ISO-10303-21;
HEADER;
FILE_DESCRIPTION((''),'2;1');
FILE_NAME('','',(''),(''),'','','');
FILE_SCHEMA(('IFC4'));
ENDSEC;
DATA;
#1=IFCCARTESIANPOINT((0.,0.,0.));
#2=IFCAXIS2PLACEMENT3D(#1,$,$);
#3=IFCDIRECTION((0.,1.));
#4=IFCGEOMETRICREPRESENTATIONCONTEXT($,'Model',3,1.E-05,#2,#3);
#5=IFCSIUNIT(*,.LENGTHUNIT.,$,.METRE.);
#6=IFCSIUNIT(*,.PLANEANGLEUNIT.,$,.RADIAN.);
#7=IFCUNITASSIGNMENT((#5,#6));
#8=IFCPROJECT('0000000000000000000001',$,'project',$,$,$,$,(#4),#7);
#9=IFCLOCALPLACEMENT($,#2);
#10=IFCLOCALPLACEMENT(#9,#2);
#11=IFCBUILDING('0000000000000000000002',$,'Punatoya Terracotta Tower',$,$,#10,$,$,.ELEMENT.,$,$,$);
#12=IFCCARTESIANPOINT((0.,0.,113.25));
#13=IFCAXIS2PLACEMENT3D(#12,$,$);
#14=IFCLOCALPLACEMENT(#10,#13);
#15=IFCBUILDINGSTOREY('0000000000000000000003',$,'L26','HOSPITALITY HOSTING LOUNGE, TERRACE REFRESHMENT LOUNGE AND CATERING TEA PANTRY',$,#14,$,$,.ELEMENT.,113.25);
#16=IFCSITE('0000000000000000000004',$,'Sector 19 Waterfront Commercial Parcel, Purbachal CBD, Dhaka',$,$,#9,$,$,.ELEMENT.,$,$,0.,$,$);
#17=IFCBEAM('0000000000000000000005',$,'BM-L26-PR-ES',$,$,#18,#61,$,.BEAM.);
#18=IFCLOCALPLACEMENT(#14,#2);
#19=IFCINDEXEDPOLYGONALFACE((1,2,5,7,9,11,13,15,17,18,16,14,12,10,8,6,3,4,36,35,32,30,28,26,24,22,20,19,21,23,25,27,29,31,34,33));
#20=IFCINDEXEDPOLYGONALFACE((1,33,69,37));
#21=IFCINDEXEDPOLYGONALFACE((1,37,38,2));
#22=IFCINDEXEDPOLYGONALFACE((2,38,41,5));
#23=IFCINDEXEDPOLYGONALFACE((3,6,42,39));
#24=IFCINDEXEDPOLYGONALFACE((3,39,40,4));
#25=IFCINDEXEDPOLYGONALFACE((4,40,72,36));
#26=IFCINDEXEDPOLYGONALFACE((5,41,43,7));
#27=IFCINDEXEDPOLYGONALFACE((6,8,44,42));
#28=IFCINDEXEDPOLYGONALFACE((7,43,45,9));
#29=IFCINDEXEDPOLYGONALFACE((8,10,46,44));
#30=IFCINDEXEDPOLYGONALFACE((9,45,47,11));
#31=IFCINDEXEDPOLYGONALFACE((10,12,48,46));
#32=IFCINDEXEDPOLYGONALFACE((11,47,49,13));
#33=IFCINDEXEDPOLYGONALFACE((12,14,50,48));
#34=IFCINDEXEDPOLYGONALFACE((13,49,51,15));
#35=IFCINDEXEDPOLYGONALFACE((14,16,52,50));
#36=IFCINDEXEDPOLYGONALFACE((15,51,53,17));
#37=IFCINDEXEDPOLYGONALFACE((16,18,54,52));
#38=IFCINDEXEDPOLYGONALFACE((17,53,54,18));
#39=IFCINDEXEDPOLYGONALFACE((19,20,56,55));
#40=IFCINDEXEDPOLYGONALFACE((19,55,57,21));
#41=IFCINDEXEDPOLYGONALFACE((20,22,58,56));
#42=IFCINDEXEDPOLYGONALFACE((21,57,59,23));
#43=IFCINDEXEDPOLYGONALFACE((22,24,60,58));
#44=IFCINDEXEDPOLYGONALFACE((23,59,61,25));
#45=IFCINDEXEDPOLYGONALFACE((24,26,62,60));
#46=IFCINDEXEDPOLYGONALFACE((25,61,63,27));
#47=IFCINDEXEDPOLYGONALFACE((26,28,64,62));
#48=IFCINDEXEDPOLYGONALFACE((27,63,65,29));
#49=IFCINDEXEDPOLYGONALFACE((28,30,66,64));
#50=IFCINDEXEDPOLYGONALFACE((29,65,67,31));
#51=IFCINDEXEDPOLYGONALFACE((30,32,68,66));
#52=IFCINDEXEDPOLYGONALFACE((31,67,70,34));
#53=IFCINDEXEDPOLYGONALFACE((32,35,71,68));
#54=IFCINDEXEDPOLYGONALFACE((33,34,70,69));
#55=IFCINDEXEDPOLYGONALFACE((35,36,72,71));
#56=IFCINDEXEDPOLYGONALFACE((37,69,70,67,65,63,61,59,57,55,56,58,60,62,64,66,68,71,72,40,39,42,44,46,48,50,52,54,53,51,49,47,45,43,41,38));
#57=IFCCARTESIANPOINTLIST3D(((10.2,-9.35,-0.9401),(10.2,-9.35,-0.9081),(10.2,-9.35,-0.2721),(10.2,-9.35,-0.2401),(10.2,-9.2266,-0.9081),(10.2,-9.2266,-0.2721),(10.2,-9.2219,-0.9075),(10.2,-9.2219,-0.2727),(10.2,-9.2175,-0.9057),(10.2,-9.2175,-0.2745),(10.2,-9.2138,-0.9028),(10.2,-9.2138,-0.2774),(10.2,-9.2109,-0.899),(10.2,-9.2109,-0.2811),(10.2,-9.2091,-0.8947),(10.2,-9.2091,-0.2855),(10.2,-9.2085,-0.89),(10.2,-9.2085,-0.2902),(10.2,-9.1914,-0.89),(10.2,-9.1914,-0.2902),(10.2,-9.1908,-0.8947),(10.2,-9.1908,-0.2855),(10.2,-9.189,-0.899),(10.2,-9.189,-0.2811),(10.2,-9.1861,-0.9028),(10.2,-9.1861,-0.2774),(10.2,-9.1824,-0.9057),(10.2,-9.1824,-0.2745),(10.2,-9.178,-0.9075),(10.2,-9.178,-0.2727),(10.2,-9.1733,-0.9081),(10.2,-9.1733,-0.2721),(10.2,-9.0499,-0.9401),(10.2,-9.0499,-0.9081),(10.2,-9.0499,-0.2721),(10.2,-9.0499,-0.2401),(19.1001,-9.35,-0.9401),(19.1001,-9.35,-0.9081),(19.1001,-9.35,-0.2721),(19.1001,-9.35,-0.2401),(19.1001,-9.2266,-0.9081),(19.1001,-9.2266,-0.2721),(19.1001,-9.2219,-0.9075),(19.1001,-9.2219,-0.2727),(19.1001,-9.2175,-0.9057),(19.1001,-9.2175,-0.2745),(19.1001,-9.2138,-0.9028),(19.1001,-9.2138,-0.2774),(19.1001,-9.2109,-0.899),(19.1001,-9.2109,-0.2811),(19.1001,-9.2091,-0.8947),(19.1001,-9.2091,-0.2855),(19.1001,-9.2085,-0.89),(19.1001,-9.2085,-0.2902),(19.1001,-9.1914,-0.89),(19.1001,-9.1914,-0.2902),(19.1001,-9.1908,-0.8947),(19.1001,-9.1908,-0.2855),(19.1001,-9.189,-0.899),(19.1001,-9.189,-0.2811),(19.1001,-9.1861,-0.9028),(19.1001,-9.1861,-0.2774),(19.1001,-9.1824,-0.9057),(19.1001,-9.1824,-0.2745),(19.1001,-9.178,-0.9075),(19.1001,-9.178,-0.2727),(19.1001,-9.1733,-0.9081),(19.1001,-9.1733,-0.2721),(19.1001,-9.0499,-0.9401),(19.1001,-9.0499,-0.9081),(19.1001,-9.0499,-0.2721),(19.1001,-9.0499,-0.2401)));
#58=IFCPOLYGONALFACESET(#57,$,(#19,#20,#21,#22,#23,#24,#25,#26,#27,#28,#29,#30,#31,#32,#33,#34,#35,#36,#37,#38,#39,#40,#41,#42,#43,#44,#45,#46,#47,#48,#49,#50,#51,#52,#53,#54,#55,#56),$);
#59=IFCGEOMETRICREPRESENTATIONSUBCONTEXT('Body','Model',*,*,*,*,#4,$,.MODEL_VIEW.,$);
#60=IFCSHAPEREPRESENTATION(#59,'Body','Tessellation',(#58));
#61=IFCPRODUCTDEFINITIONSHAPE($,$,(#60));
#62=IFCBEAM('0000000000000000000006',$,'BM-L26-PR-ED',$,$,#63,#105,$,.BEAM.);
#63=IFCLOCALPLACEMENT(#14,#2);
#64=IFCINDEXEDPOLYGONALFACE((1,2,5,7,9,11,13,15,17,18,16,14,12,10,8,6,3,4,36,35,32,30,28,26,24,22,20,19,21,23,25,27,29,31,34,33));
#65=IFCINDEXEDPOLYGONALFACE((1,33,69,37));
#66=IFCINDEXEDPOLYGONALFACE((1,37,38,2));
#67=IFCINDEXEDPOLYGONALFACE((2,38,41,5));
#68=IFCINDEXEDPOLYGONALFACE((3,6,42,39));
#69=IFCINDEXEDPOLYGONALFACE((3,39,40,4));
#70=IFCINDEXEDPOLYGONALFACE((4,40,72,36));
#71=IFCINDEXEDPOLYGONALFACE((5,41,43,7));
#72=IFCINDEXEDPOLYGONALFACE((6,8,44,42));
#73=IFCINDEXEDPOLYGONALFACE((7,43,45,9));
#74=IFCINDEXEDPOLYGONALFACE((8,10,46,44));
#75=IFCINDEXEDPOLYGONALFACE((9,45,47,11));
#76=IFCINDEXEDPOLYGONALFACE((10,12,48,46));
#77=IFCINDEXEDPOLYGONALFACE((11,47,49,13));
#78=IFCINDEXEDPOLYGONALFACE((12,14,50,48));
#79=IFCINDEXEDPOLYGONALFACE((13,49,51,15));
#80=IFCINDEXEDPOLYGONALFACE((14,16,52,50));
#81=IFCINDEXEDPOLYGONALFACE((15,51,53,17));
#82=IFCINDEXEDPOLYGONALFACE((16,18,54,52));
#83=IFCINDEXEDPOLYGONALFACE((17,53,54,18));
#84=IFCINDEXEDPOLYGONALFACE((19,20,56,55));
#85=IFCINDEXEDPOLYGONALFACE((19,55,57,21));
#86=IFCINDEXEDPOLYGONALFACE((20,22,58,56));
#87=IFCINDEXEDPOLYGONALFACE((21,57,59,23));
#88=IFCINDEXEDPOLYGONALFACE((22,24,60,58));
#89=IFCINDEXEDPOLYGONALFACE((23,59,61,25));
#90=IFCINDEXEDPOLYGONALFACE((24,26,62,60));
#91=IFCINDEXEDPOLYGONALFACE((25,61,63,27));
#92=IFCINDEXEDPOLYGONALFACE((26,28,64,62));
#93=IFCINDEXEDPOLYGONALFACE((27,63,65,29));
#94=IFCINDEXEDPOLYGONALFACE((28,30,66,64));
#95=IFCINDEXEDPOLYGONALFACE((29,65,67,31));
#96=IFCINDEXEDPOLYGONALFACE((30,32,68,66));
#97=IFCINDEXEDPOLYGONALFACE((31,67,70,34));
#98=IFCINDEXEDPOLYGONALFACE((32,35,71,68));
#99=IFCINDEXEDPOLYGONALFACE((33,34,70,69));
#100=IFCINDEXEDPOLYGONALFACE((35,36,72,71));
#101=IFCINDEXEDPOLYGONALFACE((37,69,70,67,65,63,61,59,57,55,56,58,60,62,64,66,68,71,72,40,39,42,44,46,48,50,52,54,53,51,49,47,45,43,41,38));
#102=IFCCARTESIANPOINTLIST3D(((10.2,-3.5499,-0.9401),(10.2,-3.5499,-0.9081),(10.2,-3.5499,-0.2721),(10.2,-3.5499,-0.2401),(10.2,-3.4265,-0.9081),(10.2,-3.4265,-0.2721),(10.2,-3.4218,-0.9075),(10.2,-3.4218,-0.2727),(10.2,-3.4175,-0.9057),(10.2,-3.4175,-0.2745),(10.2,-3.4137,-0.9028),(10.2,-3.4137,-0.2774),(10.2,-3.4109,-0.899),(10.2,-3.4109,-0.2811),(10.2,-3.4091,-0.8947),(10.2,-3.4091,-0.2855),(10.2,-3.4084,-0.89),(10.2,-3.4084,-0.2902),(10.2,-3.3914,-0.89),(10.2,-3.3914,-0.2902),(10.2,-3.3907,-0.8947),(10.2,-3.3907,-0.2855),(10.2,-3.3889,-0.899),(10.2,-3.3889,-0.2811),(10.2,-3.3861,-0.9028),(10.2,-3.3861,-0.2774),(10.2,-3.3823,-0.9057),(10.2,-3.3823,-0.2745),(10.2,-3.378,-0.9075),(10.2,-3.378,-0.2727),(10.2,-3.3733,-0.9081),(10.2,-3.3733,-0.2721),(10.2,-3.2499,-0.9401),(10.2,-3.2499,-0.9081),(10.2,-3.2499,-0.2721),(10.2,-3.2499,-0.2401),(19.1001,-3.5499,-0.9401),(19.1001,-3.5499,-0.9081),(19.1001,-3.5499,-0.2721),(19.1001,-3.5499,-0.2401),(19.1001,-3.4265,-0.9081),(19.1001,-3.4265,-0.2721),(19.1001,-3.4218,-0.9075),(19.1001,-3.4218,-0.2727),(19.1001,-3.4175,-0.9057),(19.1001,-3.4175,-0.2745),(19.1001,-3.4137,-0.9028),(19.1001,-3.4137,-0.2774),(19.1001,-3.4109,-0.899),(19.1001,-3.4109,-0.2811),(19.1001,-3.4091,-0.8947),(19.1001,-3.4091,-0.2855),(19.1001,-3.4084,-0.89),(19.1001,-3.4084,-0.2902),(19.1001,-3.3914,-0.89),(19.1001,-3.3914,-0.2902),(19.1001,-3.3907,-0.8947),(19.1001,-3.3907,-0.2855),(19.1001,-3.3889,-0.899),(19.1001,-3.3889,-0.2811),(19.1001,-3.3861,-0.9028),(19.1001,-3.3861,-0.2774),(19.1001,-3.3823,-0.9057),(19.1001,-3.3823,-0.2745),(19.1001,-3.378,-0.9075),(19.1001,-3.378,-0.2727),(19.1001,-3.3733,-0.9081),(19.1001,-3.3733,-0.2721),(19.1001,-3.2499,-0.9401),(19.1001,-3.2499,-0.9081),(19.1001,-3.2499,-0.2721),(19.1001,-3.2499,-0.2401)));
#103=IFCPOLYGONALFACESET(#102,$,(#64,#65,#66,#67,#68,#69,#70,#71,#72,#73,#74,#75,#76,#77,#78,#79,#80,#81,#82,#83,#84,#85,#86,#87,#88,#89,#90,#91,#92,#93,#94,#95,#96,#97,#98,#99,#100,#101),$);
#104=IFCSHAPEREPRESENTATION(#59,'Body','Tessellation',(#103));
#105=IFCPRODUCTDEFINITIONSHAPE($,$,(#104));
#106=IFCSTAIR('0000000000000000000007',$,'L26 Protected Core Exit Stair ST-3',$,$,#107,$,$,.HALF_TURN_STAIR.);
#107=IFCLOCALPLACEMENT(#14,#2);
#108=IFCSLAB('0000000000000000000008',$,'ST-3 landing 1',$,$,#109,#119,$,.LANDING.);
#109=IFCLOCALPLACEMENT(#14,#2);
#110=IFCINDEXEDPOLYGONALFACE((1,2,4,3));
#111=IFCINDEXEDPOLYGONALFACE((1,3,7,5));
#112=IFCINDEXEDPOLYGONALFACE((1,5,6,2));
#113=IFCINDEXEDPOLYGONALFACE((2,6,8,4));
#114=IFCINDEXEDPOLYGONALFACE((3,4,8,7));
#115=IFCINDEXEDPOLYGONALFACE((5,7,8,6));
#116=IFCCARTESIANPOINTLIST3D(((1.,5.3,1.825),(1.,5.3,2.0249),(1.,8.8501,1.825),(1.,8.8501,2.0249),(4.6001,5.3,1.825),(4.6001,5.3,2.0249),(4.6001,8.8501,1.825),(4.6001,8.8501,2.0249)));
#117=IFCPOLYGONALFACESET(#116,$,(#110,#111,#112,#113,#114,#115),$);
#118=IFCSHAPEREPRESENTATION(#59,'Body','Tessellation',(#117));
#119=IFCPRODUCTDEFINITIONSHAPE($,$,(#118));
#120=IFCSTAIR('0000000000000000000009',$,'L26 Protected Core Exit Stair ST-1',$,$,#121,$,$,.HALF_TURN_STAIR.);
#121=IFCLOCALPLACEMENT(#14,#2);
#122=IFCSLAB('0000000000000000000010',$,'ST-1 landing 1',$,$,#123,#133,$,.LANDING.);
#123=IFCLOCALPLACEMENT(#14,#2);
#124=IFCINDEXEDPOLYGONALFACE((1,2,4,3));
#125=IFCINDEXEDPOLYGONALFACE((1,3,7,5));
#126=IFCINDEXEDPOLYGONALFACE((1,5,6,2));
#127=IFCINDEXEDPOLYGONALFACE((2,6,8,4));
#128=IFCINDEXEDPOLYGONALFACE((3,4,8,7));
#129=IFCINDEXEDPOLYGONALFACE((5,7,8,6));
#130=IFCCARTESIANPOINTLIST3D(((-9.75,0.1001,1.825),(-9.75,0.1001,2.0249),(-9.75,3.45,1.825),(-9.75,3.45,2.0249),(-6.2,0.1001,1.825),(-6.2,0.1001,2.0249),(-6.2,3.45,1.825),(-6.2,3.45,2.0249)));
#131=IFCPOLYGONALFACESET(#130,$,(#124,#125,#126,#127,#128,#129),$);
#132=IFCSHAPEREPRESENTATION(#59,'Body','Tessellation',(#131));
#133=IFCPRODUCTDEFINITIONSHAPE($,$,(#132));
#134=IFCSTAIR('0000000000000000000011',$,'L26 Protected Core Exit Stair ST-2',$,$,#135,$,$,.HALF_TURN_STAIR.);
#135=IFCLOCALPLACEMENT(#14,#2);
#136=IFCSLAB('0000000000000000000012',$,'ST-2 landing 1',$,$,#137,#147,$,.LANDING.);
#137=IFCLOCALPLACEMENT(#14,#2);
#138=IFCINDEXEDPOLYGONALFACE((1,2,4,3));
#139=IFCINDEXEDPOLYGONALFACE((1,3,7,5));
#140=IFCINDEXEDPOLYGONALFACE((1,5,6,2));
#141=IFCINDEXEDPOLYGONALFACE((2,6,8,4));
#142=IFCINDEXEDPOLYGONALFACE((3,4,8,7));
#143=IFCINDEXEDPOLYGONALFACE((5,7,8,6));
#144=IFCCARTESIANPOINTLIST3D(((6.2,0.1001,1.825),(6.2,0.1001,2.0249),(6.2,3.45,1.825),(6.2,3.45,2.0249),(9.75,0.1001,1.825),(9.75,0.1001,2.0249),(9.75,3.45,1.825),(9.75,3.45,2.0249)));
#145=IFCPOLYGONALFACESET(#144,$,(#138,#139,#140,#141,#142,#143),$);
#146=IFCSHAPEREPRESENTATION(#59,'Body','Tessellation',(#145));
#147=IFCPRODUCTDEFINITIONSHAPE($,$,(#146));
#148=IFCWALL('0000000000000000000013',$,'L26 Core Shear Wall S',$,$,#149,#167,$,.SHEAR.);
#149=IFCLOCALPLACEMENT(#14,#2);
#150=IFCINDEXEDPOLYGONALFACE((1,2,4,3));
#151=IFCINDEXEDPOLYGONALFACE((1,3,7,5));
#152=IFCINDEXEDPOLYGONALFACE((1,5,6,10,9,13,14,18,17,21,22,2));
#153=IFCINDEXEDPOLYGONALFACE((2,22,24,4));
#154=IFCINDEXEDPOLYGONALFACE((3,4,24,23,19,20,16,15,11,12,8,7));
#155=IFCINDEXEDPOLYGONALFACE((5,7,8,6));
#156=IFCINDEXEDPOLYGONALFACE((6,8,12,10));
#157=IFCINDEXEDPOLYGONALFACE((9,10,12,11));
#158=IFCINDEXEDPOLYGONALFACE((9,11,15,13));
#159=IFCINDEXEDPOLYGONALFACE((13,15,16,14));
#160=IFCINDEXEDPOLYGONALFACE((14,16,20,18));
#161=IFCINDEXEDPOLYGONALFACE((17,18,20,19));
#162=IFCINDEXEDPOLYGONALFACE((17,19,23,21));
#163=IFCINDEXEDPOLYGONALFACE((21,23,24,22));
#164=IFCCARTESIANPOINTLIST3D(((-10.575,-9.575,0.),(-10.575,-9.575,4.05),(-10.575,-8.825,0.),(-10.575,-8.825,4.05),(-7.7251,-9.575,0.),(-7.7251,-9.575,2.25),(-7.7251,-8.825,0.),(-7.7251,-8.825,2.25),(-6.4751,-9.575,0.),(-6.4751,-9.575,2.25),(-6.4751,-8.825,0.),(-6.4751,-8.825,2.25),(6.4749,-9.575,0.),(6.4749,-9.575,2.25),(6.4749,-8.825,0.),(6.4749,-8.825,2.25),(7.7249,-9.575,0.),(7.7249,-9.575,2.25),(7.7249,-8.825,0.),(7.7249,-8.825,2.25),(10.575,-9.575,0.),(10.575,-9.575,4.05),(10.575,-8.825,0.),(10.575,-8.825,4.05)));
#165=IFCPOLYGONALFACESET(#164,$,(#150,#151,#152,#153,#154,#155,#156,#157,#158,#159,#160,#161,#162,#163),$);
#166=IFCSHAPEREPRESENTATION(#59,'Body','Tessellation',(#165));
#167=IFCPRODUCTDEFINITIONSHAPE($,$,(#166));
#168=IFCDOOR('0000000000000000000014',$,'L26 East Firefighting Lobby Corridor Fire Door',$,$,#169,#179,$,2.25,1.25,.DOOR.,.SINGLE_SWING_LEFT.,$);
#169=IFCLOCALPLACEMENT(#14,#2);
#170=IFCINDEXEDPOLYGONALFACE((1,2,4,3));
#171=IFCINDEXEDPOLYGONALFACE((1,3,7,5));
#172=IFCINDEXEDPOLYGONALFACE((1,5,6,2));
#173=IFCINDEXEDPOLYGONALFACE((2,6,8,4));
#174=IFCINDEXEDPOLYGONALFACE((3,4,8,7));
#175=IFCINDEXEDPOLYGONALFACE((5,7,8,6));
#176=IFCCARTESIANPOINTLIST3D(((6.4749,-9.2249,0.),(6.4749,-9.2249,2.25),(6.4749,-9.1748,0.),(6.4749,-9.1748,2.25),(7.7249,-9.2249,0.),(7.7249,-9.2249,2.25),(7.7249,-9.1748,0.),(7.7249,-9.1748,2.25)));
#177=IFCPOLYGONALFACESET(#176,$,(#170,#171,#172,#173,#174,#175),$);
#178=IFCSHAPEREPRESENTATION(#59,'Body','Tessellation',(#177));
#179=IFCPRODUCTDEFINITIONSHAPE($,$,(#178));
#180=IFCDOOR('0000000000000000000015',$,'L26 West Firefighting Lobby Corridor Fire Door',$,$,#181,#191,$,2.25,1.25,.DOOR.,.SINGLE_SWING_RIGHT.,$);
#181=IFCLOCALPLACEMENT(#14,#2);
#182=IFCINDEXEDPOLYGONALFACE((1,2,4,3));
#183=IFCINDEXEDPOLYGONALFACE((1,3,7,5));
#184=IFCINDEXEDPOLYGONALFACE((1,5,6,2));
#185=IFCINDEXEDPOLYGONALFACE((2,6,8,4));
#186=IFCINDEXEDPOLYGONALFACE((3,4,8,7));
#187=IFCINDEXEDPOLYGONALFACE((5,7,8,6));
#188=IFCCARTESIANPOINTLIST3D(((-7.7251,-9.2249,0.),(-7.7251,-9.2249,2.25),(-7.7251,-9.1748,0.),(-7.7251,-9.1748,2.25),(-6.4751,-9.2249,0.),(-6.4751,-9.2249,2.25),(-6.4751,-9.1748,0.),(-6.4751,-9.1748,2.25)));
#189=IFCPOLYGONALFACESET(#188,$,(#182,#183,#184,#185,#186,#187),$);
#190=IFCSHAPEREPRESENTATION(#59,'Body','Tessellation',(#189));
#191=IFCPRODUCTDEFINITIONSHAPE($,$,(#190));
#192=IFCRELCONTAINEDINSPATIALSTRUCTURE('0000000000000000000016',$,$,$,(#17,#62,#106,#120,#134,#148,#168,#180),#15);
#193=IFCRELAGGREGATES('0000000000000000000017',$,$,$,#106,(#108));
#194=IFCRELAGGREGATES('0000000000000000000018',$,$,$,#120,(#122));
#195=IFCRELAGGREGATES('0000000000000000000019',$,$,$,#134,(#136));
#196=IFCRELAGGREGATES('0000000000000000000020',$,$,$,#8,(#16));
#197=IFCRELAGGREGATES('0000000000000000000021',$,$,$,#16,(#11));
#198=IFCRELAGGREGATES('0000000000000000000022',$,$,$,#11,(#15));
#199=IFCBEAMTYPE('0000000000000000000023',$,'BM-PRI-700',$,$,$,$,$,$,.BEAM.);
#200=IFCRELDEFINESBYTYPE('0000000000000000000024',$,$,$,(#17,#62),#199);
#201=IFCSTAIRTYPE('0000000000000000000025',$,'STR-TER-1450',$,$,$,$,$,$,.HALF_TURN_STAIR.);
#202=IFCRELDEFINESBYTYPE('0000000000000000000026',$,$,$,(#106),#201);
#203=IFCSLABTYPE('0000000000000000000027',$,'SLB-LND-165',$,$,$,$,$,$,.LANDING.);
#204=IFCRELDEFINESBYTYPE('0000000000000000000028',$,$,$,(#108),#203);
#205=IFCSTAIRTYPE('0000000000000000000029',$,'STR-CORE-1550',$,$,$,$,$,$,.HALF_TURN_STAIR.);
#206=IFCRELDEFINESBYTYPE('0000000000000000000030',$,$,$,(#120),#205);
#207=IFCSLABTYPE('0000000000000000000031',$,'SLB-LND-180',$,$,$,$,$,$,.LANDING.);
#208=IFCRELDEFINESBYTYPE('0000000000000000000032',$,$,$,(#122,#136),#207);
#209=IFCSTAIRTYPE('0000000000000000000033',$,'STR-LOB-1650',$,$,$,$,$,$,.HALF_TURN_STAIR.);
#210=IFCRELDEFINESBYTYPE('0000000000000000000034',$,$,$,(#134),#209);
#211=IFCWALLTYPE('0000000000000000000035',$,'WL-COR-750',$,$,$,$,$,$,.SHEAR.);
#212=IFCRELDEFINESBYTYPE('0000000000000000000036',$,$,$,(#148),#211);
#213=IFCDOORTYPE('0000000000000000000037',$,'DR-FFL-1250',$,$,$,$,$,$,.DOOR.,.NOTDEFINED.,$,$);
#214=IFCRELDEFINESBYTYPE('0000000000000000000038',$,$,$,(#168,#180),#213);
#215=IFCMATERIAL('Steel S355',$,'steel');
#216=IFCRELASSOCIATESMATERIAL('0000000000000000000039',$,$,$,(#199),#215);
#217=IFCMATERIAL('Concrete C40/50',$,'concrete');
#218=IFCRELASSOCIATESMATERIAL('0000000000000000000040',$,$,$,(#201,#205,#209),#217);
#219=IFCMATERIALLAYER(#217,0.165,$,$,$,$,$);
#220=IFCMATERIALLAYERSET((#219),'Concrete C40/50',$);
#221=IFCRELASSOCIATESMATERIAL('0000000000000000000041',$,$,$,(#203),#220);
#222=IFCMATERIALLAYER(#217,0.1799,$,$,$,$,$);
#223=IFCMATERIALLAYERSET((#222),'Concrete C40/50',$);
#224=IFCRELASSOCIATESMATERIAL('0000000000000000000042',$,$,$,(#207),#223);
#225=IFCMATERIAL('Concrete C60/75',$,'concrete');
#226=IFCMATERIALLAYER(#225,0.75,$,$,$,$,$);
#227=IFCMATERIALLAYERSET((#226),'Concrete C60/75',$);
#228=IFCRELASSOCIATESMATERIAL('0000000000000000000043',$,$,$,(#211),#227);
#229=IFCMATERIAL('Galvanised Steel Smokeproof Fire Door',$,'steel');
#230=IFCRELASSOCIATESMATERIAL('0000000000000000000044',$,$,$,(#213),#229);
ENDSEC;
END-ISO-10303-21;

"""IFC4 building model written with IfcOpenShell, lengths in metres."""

from ifc_helpers import new_model, si_unit, direction, frame, frame_2d, origin, origin_2d, place, context, subcontext, project, spatial, polyline, rectangle, i_section, outline, extrude, material, layer, layer_set, material_profile, profile_set, type_object, element, fill, aggregate, save


model = new_model("IFC4")

# Units and contexts
model_context = context("Model", 3, precision=1e-05, world=origin(), true_north=direction((0.0, 1.0)))
body_context = subcontext(model_context, "Body", "Model", "MODEL_VIEW")
ifc_project = project(units=[si_unit("LENGTHUNIT", "METRE"), si_unit("PLANEANGLEUNIT", "RADIAN")], contexts=[model_context])

# Site, building, storey
site_placement = place(None, origin())
site = spatial("IfcSite", under=ifc_project, at=site_placement, Name="Sector 19 Waterfront Commercial Parcel, Purbachal CBD, Dhaka", CompositionType="ELEMENT", RefElevation=0.0)
building_placement = place(site_placement, origin())
building = spatial("IfcBuilding", under=site, at=building_placement, Name="Punatoya Terracotta Tower", CompositionType="ELEMENT")
storey_placement = place(building_placement, frame((0.0, 0.0, 113.25)))
storey = spatial("IfcBuildingStorey", under=building, at=storey_placement, Name="L26", Description="HOSPITALITY HOSTING LOUNGE, TERRACE REFRESHMENT LOUNGE AND CATERING TEA PANTRY", CompositionType="ELEMENT", Elevation=113.25)

# Beams
ifc_material_1 = material(Name="Steel S355", Category="steel")
ifc_material_profile = material_profile(ifc_material_1, i_section(OverallWidth=0.3, OverallDepth=0.7, WebThickness=0.0171, FlangeThickness=0.032, FilletRadius=0.0181, at=origin_2d()))
ifc_profile_set = profile_set([ifc_material_profile], Name="Steel S355")
beam_type = type_object("IfcBeamType", Name="BM-PRI-700", PredefinedType="BEAM", material=ifc_profile_set)
for number, where, z_axis, x_axis, name in (
    (1, (10.2, -9.2, -0.5901), (1.0, 0.0, 0.0), (0.0, 1.0, 0.0), "BM-L26-PR-ES"),
    (2, (10.2, -3.3999, -0.5901), (1.0, 0.0, 0.0), (0.0, 1.0, 0.0), "BM-L26-PR-ED"),
):
    element("IfcBeam", number, at=place(storey_placement, frame(where, z_axis=z_axis, x_axis=x_axis)), inside=storey, type_object=beam_type, Name=name, PredefinedType="BEAM", context=body_context, shape_type="SweptSolid", body=[
        extrude(i_section(OverallWidth=0.3, OverallDepth=0.7, WebThickness=0.0171, FlangeThickness=0.032, FilletRadius=0.0181, at=origin_2d()), origin(), (0.0, 0.0, 1.0), 8.9001),
    ])

# Stairs, slabs
ifc_material_2 = material(Name="Concrete C40/50", Category="concrete")
stair_type_1 = type_object("IfcStairType", Name="STR-TER-1450", PredefinedType="HALF_TURN_STAIR", material=ifc_material_2)
stair_1_placement = place(storey_placement, origin())
stair_1 = element("IfcStair", 3, at=stair_1_placement, inside=storey, type_object=stair_type_1, Name="L26 Protected Core Exit Stair ST-3", PredefinedType="HALF_TURN_STAIR")
ifc_layer_1 = layer(ifc_material_2, 0.165)
ifc_layer_set_1 = layer_set([ifc_layer_1], Name="Concrete C40/50")
slab_type_1 = type_object("IfcSlabType", Name="SLB-LND-165", PredefinedType="LANDING", material=ifc_layer_set_1)
slab_1_placement = place(storey_placement, frame((0.0, 0.0, 1.825)))
slab_1 = element("IfcSlab", 4, at=slab_1_placement, type_object=slab_type_1, Name="ST-3 landing 1", PredefinedType="LANDING", context=body_context, shape_type="SweptSolid", body=[
    extrude(outline(polyline([(1.0, 5.3), (4.6001, 5.3), (4.6001, 8.8501), (1.0, 8.8501), (1.0, 5.3)])), origin(), (0.0, 0.0, 1.0), 0.2),
])
aggregate(stair_1, [slab_1])
stair_type_2 = type_object("IfcStairType", Name="STR-CORE-1550", PredefinedType="HALF_TURN_STAIR", material=ifc_material_2)
stair_2_placement = place(storey_placement, origin())
stair_2 = element("IfcStair", 5, at=stair_2_placement, inside=storey, type_object=stair_type_2, Name="L26 Protected Core Exit Stair ST-1", PredefinedType="HALF_TURN_STAIR")
ifc_layer_2 = layer(ifc_material_2, 0.1799)
ifc_layer_set_2 = layer_set([ifc_layer_2], Name="Concrete C40/50")
slab_type_2 = type_object("IfcSlabType", Name="SLB-LND-180", PredefinedType="LANDING", material=ifc_layer_set_2)
slab_2_placement = place(storey_placement, frame((0.0, 0.0, 1.825)))
slab_2 = element("IfcSlab", 6, at=slab_2_placement, type_object=slab_type_2, Name="ST-1 landing 1", PredefinedType="LANDING", context=body_context, shape_type="SweptSolid", body=[
    extrude(outline(polyline([(-6.2, 0.1001), (-6.2, 3.45), (-9.75, 3.45), (-9.75, 0.1001), (-6.2, 0.1001)])), origin(), (0.0, 0.0, 1.0), 0.2),
])
aggregate(stair_2, [slab_2])
stair_type_3 = type_object("IfcStairType", Name="STR-LOB-1650", PredefinedType="HALF_TURN_STAIR", material=ifc_material_2)
stair_3_placement = place(storey_placement, origin())
stair_3 = element("IfcStair", 7, at=stair_3_placement, inside=storey, type_object=stair_type_3, Name="L26 Protected Core Exit Stair ST-2", PredefinedType="HALF_TURN_STAIR")
slab_3_placement = place(storey_placement, frame((0.0, 0.0, 1.825)))
slab_3 = element("IfcSlab", 8, at=slab_3_placement, type_object=slab_type_2, Name="ST-2 landing 1", PredefinedType="LANDING", context=body_context, shape_type="SweptSolid", body=[
    extrude(outline(polyline([(9.75, 0.1001), (9.75, 3.45), (6.2, 3.45), (6.2, 0.1001), (9.75, 0.1001)])), origin(), (0.0, 0.0, 1.0), 0.2),
])

# Wall, openings, doors
ifc_material_3 = material(Name="Concrete C60/75", Category="concrete")
ifc_layer_3 = layer(ifc_material_3, 0.75)
ifc_layer_set_3 = layer_set([ifc_layer_3], Name="Concrete C60/75")
wall_type_1 = type_object("IfcWallType", Name="WL-COR-750", PredefinedType="SHEAR", material=ifc_layer_set_3)
wall_1_placement = place(storey_placement, frame((10.575, -9.2, 0.0), z_axis=(0.0, 0.0, 1.0), x_axis=(-1.0, 0.0, 0.0)))
wall_1 = element("IfcWall", 9, at=wall_1_placement, inside=storey, type_object=wall_type_1, Name="L26 Core Shear Wall S", PredefinedType="SHEAR", context=body_context, shape_type="SweptSolid", body=[
    extrude(rectangle(XDim=21.1499, YDim=0.75, at=frame_2d((10.575, 0.0))), origin(), (0.0, 0.0, 1.0), 4.05),
])
opening_1_placement = place(wall_1_placement, frame((2.8501, 0.0, 0.0)))
opening_1 = element("IfcOpeningElement", 10, at=opening_1_placement, cuts=wall_1, PredefinedType="OPENING", context=body_context, shape_type="SweptSolid", body=[
    extrude(rectangle(XDim=1.25, YDim=2.25, at=frame_2d((0.625, 1.125))), frame((0.0, 0.385, 0.0), z_axis=(0.0, -1.0, 0.0), x_axis=(1.0, 0.0, 0.0)), (0.0, 0.0, 1.0), 0.77),
])
opening_2_placement = place(wall_1_placement, frame((17.05, 0.0, 0.0)))
opening_2 = element("IfcOpeningElement", 11, at=opening_2_placement, cuts=wall_1, PredefinedType="OPENING", context=body_context, shape_type="SweptSolid", body=[
    extrude(rectangle(XDim=1.25, YDim=2.25, at=frame_2d((0.625, 1.125))), frame((0.0, 0.385, 0.0), z_axis=(0.0, -1.0, 0.0), x_axis=(1.0, 0.0, 0.0)), (0.0, 0.0, 1.0), 0.77),
])
ifc_material_4 = material(Name="Galvanised Steel Smokeproof Fire Door", Category="steel")
door_type_1 = type_object("IfcDoorType", Name="DR-FFL-1250", OperationType="NOTDEFINED", PredefinedType="DOOR", material=ifc_material_4)
door_1_placement = place(opening_1_placement, origin())
door_1 = element("IfcDoor", 12, at=door_1_placement, inside=storey, type_object=door_type_1, Name="L26 East Firefighting Lobby Corridor Fire Door", OperationType="SINGLE_SWING_LEFT", OverallHeight=2.25, OverallWidth=1.25, PredefinedType="DOOR", context=body_context, shape_type="SweptSolid", body=[
    extrude(rectangle(XDim=1.25, YDim=2.25, at=frame_2d((0.625, 1.125))), frame((0.0, 0.0249, 0.0), z_axis=(0.0, -1.0, 0.0), x_axis=(1.0, 0.0, 0.0)), (0.0, 0.0, 1.0), 0.05),
])
fill(opening_1, door_1)
door_2_placement = place(opening_2_placement, origin())
door_2 = element("IfcDoor", 13, at=door_2_placement, inside=storey, type_object=door_type_1, Name="L26 West Firefighting Lobby Corridor Fire Door", OperationType="SINGLE_SWING_RIGHT", OverallHeight=2.25, OverallWidth=1.25, PredefinedType="DOOR", context=body_context, shape_type="SweptSolid", body=[
    extrude(rectangle(XDim=1.25, YDim=2.25, at=frame_2d((0.625, 1.125))), frame((0.0, 0.0249, 0.0), z_axis=(0.0, -1.0, 0.0), x_axis=(1.0, 0.0, 0.0)), (0.0, 0.0, 1.0), 0.05),
])
fill(opening_2, door_2)

aggregate(stair_3, [slab_3])

save(model, "model.ifc")
